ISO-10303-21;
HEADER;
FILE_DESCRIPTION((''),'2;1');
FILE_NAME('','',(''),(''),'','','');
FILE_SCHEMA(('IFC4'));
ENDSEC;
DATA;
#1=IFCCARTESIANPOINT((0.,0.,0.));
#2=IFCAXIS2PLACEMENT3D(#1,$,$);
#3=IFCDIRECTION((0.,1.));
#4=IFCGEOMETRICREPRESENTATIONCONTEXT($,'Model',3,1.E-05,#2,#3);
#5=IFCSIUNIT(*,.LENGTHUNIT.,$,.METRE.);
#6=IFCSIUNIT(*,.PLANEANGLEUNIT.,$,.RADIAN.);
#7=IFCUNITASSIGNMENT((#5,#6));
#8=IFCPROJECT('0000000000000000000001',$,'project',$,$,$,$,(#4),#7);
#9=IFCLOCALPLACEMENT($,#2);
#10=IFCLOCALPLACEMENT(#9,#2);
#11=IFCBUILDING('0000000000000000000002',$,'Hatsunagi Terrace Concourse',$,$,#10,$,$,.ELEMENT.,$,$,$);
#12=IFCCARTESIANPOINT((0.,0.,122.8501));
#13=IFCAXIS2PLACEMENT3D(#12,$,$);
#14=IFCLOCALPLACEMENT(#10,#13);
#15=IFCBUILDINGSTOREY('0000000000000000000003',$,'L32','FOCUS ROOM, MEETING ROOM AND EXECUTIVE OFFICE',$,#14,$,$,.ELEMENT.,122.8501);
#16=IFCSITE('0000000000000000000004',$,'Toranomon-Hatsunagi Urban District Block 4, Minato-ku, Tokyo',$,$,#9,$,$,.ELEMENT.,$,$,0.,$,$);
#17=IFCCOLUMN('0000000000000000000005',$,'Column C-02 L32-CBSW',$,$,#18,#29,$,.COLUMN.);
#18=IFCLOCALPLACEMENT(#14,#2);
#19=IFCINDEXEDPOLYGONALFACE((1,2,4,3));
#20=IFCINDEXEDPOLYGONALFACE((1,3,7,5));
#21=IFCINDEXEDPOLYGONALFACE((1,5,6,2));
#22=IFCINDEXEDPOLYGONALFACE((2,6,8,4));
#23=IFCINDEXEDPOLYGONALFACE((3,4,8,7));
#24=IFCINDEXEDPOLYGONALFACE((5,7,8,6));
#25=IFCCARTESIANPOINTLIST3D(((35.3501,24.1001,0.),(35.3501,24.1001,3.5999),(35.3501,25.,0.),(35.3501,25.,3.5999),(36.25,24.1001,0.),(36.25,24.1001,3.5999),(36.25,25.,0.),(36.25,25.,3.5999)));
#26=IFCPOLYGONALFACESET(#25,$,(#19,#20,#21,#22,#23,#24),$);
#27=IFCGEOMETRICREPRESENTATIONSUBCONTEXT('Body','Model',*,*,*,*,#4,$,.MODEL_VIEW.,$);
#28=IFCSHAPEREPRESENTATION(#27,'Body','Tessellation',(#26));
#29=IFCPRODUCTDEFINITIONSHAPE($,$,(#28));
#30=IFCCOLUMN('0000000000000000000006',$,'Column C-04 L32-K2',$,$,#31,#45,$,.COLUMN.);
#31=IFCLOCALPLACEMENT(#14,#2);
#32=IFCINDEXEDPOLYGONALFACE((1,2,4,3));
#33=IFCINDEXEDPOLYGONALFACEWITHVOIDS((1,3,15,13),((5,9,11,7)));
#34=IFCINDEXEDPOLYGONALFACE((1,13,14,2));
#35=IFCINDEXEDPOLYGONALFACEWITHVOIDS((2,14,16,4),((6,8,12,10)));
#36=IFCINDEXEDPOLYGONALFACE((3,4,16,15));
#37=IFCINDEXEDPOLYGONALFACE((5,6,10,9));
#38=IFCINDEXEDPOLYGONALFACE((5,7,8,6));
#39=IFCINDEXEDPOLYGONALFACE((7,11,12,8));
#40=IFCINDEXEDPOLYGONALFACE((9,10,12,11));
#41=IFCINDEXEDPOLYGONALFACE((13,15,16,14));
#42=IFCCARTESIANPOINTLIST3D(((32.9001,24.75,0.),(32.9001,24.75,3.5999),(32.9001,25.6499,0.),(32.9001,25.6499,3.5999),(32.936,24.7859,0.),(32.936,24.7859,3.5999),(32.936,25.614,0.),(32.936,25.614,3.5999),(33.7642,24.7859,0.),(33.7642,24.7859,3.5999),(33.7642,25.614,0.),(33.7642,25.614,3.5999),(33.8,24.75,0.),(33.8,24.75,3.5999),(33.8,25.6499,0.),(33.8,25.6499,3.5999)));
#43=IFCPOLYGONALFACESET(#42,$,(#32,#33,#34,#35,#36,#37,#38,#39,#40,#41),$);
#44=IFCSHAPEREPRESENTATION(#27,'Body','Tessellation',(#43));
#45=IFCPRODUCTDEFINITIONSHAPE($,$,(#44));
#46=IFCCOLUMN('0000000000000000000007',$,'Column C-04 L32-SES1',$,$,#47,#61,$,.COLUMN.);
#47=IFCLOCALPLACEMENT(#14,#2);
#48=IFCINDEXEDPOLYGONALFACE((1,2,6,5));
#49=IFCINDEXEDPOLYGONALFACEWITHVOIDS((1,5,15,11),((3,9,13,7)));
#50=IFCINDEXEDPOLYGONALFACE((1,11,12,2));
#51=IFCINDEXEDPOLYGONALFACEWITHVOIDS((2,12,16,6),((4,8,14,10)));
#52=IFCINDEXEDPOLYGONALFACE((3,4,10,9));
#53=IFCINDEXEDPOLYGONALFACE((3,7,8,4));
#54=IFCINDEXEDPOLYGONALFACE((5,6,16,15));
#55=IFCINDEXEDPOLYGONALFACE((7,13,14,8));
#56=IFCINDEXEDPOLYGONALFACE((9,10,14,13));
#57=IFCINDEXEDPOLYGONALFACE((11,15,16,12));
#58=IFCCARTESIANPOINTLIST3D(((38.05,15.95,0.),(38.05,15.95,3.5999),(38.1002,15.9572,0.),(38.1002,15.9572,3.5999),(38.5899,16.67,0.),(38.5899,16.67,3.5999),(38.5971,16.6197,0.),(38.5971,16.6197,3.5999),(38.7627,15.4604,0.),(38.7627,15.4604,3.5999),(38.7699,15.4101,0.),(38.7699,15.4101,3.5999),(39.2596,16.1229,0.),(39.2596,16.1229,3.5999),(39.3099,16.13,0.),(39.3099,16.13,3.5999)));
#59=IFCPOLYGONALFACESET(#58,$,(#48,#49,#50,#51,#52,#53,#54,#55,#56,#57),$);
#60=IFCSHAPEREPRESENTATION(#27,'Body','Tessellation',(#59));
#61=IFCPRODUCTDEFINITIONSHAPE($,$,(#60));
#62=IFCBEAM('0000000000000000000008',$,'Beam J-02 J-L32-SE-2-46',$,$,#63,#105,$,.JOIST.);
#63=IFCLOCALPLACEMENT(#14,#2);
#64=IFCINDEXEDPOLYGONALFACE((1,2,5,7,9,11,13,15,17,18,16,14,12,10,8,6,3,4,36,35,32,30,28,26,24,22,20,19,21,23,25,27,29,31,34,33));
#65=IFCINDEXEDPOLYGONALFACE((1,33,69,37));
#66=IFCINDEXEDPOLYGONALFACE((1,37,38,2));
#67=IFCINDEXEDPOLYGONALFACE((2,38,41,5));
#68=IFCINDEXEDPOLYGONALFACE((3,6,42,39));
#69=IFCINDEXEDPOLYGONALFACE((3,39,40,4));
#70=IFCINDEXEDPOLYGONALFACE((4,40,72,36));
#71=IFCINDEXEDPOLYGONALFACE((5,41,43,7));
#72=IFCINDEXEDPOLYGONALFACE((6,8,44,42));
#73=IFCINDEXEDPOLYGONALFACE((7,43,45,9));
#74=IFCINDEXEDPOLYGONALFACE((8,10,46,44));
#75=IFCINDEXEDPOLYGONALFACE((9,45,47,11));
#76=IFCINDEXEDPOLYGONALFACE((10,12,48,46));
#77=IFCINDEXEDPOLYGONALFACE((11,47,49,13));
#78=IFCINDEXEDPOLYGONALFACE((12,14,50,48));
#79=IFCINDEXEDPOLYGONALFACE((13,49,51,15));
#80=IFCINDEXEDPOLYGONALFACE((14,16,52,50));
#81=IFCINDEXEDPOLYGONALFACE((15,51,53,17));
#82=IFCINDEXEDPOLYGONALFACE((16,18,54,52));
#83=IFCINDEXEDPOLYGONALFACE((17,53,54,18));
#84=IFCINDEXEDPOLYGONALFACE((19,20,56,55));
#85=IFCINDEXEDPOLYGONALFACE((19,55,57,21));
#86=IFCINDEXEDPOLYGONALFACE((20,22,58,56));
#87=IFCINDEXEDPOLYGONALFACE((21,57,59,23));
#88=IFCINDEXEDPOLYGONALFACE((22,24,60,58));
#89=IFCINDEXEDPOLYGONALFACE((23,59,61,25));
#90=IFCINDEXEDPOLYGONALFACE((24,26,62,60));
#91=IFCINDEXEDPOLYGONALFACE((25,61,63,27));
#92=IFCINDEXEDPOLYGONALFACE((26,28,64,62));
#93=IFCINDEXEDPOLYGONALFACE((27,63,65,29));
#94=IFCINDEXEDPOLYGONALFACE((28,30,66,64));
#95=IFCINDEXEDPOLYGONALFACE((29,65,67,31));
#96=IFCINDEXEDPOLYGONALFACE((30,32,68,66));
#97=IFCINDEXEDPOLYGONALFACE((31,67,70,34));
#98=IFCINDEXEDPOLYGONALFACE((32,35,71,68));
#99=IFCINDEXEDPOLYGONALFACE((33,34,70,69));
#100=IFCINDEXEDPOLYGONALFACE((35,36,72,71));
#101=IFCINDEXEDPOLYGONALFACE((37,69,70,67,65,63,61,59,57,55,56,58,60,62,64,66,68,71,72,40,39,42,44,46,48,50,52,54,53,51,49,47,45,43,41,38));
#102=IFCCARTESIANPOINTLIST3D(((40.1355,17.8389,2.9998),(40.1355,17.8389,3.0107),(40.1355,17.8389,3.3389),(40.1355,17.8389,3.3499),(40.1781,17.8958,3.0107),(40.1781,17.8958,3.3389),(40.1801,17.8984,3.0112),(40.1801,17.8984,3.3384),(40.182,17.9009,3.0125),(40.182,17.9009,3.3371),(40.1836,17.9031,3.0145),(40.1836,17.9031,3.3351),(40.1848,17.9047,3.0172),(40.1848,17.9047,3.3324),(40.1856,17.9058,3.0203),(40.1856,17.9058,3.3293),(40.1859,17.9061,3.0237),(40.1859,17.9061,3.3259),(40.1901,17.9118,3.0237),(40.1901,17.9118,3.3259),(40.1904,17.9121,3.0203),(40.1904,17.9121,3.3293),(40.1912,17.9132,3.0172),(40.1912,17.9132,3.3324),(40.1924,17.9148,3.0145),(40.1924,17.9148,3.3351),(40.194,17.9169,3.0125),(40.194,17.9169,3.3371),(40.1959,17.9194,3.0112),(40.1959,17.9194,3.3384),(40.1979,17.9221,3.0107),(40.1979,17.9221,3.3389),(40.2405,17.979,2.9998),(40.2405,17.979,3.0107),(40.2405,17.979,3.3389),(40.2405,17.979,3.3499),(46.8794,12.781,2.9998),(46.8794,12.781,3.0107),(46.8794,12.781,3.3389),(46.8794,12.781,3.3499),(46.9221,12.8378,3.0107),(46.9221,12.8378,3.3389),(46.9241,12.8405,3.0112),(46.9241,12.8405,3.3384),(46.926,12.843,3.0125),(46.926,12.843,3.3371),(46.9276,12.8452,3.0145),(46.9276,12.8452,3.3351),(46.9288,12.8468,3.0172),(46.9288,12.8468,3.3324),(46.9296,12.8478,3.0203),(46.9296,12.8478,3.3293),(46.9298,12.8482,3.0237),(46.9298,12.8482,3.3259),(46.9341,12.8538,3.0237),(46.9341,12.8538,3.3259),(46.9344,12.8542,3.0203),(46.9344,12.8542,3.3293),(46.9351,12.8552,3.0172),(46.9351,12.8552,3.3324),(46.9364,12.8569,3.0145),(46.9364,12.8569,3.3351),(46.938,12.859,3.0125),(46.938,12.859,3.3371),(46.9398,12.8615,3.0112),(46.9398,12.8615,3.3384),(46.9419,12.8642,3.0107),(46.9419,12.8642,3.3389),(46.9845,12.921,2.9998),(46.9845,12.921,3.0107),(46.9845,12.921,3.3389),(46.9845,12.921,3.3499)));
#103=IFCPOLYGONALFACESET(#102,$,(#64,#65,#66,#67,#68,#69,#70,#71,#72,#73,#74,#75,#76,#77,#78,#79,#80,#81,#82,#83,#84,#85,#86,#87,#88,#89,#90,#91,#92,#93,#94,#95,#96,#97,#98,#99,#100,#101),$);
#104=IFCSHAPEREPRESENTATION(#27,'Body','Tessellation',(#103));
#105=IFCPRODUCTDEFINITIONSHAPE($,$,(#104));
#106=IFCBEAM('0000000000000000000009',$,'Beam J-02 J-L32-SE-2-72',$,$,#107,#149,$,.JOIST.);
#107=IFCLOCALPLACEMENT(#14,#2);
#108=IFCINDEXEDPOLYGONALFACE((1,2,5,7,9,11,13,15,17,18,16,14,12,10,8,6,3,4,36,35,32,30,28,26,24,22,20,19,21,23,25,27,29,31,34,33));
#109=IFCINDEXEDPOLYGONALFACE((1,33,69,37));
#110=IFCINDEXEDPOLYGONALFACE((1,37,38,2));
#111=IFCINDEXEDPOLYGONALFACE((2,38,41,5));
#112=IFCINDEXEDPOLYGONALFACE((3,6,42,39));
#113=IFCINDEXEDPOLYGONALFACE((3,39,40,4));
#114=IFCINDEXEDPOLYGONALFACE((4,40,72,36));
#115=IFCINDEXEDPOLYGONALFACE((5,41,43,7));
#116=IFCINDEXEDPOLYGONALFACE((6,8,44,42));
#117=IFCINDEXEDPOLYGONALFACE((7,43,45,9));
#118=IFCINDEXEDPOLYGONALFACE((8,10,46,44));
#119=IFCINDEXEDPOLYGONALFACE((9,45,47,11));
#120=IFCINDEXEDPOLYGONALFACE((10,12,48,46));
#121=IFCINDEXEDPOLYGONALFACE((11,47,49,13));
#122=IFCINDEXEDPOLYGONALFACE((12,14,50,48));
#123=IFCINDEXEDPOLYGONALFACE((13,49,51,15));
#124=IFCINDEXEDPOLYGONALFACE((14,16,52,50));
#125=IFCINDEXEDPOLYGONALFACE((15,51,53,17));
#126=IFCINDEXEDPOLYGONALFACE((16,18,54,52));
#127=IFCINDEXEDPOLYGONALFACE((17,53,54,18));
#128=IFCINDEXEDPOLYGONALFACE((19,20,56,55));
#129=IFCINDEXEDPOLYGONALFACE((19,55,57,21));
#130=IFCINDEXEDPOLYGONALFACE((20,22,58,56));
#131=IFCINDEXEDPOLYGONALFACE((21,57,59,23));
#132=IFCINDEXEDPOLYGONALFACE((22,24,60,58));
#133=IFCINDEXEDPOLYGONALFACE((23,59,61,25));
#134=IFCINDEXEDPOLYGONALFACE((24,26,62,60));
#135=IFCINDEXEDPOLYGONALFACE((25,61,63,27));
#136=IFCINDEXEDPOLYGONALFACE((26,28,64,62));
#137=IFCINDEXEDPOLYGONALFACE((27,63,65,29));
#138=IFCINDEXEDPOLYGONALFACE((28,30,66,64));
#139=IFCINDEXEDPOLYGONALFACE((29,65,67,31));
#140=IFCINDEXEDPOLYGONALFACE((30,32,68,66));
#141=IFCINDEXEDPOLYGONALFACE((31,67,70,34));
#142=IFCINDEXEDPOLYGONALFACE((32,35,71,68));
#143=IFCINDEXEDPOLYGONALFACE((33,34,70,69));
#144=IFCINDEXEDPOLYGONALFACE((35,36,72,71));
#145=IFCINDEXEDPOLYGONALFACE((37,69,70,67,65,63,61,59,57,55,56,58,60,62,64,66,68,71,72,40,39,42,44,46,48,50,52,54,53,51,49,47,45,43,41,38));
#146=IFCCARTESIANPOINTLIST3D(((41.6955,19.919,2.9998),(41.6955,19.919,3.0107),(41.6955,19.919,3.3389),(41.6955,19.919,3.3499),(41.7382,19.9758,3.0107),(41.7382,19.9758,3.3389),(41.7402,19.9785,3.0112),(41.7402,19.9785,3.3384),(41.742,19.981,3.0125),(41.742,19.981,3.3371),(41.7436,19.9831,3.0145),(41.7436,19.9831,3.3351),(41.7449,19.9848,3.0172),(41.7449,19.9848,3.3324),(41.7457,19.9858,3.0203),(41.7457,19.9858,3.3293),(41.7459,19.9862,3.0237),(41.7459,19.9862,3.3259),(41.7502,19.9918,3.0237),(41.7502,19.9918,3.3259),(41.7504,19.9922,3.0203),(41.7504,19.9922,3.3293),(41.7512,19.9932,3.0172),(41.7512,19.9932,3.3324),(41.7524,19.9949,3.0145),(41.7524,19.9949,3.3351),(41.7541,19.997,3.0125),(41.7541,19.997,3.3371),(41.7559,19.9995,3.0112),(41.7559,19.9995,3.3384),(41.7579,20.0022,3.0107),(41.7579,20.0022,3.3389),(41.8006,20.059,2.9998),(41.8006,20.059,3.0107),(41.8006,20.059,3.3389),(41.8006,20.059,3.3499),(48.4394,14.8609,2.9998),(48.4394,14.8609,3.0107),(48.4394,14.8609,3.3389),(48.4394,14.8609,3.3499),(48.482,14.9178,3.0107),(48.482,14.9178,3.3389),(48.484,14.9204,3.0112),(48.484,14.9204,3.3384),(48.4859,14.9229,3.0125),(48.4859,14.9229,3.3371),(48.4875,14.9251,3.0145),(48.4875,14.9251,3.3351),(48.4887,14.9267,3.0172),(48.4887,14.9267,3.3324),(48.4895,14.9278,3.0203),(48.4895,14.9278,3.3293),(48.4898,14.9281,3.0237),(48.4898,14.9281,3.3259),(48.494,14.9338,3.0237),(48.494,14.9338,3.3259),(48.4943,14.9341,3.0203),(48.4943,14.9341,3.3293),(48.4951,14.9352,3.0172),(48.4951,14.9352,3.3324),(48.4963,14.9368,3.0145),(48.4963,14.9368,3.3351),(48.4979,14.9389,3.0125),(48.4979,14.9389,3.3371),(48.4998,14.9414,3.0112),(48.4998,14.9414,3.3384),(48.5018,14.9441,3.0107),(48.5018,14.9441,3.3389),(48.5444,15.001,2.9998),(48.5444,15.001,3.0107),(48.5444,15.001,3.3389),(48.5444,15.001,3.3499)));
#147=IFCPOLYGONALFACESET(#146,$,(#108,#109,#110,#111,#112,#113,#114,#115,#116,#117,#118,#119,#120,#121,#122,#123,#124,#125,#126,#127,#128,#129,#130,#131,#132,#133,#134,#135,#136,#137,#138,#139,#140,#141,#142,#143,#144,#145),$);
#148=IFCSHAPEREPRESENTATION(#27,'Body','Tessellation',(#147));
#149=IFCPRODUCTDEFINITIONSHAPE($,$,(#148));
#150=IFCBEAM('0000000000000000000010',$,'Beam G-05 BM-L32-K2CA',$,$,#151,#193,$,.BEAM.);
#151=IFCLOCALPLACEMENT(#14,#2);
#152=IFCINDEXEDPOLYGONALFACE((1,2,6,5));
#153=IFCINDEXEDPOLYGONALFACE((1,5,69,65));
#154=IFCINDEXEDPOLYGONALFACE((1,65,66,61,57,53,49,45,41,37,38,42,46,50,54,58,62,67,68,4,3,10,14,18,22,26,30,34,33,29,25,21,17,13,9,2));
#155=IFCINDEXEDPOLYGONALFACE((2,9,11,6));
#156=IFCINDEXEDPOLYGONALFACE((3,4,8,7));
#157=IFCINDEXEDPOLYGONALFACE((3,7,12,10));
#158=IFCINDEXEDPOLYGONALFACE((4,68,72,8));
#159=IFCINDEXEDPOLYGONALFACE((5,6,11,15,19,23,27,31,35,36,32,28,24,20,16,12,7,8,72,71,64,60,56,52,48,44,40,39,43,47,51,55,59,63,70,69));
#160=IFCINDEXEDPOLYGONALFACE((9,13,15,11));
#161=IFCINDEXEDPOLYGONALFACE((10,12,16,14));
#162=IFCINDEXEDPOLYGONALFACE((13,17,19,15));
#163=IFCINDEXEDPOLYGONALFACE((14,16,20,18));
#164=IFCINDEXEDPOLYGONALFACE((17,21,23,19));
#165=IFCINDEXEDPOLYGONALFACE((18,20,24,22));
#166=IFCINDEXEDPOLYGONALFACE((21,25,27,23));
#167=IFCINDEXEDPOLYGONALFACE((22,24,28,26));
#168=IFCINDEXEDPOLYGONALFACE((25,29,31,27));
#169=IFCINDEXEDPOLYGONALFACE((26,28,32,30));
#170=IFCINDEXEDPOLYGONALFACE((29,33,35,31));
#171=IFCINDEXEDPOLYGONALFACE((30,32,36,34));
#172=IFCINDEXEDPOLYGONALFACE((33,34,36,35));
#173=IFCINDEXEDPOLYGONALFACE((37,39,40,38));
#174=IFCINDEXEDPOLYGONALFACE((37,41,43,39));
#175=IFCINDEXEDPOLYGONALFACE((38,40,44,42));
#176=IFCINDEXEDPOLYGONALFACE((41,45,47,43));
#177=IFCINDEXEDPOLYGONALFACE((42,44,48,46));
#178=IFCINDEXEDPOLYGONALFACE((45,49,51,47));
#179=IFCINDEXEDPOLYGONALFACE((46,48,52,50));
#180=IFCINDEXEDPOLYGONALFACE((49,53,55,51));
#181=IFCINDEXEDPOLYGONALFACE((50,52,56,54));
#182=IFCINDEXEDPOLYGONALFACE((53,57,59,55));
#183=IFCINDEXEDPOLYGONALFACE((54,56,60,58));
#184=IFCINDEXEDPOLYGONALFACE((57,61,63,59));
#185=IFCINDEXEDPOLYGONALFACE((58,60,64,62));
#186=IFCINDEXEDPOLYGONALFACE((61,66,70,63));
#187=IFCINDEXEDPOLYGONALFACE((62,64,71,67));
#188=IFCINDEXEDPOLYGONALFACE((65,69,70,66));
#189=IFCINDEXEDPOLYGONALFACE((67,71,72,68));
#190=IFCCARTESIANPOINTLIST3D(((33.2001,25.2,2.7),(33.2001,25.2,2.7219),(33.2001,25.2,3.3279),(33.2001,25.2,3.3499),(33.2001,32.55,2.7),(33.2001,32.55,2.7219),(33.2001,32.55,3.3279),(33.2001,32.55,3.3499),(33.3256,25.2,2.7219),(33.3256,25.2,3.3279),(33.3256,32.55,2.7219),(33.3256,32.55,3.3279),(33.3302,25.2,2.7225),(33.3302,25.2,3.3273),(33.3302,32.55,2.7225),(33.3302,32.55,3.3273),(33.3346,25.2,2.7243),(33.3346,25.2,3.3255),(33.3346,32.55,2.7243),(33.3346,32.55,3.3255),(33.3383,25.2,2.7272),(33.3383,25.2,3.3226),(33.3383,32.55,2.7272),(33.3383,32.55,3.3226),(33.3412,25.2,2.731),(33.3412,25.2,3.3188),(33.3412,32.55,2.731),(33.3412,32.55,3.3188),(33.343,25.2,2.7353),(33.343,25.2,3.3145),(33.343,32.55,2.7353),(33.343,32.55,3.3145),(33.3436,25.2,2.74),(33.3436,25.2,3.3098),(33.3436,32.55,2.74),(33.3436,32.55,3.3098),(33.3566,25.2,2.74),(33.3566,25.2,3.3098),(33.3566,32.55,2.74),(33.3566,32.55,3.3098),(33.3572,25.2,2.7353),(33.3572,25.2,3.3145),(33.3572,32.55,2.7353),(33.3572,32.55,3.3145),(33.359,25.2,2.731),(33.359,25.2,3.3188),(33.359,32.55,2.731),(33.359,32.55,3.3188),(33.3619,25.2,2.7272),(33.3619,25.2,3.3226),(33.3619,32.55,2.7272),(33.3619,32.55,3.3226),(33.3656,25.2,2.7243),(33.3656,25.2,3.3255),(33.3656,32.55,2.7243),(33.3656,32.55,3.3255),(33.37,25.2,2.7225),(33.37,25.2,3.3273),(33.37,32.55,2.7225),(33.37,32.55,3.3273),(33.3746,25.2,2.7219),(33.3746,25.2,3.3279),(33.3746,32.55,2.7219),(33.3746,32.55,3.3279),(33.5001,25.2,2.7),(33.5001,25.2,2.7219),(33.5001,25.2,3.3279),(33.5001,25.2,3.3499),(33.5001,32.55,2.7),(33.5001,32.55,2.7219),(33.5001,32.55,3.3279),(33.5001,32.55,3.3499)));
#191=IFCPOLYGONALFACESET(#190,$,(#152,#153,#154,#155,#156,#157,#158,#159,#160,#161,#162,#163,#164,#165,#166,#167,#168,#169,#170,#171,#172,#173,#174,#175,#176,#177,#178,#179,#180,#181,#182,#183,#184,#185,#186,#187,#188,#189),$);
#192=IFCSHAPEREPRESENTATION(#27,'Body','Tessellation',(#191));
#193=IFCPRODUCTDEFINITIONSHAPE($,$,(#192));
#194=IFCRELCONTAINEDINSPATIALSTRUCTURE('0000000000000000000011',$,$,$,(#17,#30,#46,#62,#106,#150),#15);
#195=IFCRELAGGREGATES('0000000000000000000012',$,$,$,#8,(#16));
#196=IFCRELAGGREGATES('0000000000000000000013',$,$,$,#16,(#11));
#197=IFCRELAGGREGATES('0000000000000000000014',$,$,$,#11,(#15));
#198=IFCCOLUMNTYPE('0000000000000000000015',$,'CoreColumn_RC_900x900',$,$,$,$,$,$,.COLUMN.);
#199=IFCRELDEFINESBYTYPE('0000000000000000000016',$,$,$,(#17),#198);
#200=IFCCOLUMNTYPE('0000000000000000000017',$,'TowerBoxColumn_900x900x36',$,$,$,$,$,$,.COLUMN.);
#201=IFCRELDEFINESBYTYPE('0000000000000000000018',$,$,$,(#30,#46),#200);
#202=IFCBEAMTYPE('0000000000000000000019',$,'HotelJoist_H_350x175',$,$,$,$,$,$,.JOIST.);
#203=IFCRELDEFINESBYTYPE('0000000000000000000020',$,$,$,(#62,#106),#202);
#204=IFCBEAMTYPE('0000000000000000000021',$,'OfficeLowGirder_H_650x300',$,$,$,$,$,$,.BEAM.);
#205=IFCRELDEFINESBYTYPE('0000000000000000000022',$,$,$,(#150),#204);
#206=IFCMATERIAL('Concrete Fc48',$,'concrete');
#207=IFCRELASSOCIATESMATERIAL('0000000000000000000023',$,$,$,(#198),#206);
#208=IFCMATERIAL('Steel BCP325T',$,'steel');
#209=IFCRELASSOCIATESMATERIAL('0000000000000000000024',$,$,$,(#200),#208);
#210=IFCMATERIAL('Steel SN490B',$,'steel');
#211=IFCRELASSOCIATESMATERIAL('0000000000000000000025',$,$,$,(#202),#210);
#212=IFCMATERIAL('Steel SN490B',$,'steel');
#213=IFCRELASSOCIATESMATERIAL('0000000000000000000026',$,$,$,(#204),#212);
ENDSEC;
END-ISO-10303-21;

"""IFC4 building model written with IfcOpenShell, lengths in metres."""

from ifc_helpers import new_model, si_unit, direction, frame, origin, origin_2d, place, context, subcontext, project, spatial, rectangle, hollow_rectangle, i_section, extrude, material, material_profile, profile_set, type_object, element, save


model = new_model("IFC4")

# Units and contexts
model_context = context("Model", 3, precision=1e-05, world=origin(), true_north=direction((0.0, 1.0)))
body_context = subcontext(model_context, "Body", "Model", "MODEL_VIEW")
ifc_project = project(units=[si_unit("LENGTHUNIT", "METRE"), si_unit("PLANEANGLEUNIT", "RADIAN")], contexts=[model_context])

# Site, building, storey
site_placement = place(None, origin())
site = spatial("IfcSite", under=ifc_project, at=site_placement, Name="Toranomon-Hatsunagi Urban District Block 4, Minato-ku, Tokyo", CompositionType="ELEMENT", RefElevation=0.0)
building_placement = place(site_placement, origin())
building = spatial("IfcBuilding", under=site, at=building_placement, Name="Hatsunagi Terrace Concourse", CompositionType="ELEMENT")
storey_placement = place(building_placement, frame((0.0, 0.0, 122.8501)))
storey = spatial("IfcBuildingStorey", under=building, at=storey_placement, Name="L32", Description="FOCUS ROOM, MEETING ROOM AND EXECUTIVE OFFICE", CompositionType="ELEMENT", Elevation=122.8501)

# Columns
ifc_material_1 = material(Name="Concrete Fc48", Category="concrete")
ifc_material_profile_1 = material_profile(ifc_material_1, rectangle(XDim=0.8999, YDim=0.8999, at=origin_2d()), Name="RC-900x900")
ifc_profile_set_1 = profile_set([ifc_material_profile_1], Name="Concrete Fc48")
column_type_1 = type_object("IfcColumnType", Name="CoreColumn_RC_900x900", PredefinedType="COLUMN", material=ifc_profile_set_1)
column_placement = place(storey_placement, frame((35.8, 24.55, 0.0), z_axis=(0.0, 0.0, 1.0), x_axis=(1.0, 0.0, 0.0)))
element("IfcColumn", 1, at=column_placement, inside=storey, type_object=column_type_1, Name="Column C-02 L32-CBSW", PredefinedType="COLUMN", context=body_context, shape_type="SweptSolid", body=[
    extrude(rectangle(XDim=0.8999, YDim=0.8999, at=origin_2d()), origin(), (0.0, 0.0, 1.0), 3.5999),
])
ifc_material_2 = material(Name="Steel BCP325T", Category="steel")
ifc_material_profile_2 = material_profile(ifc_material_2, hollow_rectangle(XDim=0.8999, YDim=0.8999, WallThickness=0.0359, at=origin_2d()), Name="BCP-900x900x36")
ifc_profile_set_2 = profile_set([ifc_material_profile_2], Name="Steel BCP325T")
column_type_2 = type_object("IfcColumnType", Name="TowerBoxColumn_900x900x36", PredefinedType="COLUMN", material=ifc_profile_set_2)
for number, where, z_axis, x_axis, name in (
    (2, (33.3501, 25.2, 0.0), (0.0, 0.0, 1.0), (1.0, 0.0, 0.0), "Column C-04 L32-K2"),
    (3, (38.6799, 16.04, 0.0), (0.0, 0.0, 1.0), (0.8, -0.6, 0.0), "Column C-04 L32-SES1"),
):
    element("IfcColumn", number, at=place(storey_placement, frame(where, z_axis=z_axis, x_axis=x_axis)), inside=storey, type_object=column_type_2, Name=name, PredefinedType="COLUMN", context=body_context, shape_type="SweptSolid", body=[
        extrude(hollow_rectangle(XDim=0.8999, YDim=0.8999, WallThickness=0.0359, at=origin_2d()), origin(), (0.0, 0.0, 1.0), 3.5999),
    ])

# Beams
ifc_material_3 = material(Name="Steel SN490B", Category="steel")
ifc_material_profile_3 = material_profile(ifc_material_3, i_section(OverallWidth=0.175, OverallDepth=0.3501, WebThickness=0.0071, FlangeThickness=0.011, FilletRadius=0.0129, at=origin_2d()), Name="H-350x175x7x11")
ifc_profile_set_3 = profile_set([ifc_material_profile_3], Name="Steel SN490B")
beam_type_1 = type_object("IfcBeamType", Name="HotelJoist_H_350x175", PredefinedType="JOIST", material=ifc_profile_set_3)
for number, where, z_axis, x_axis, name in (
    (4, (40.188, 17.9089, 3.1748), (0.800003, -0.599995, 0.0), (0.599995, 0.800003, 0.0), "Beam J-02 J-L32-SE-2-46"),
    (5, (41.748, 19.989, 3.1748), (0.79999, -0.600014, 0.0), (0.600014, 0.79999, 0.0), "Beam J-02 J-L32-SE-2-72"),
):
    element("IfcBeam", number, at=place(storey_placement, frame(where, z_axis=z_axis, x_axis=x_axis)), inside=storey, type_object=beam_type_1, Name=name, PredefinedType="JOIST", context=body_context, shape_type="SweptSolid", body=[
        extrude(i_section(OverallWidth=0.175, OverallDepth=0.3501, WebThickness=0.0071, FlangeThickness=0.011, FilletRadius=0.0129, at=origin_2d()), origin(), (0.0, 0.0, 1.0), 8.4299),
    ])
ifc_material_4 = material(Name="Steel SN490B", Category="steel")
ifc_material_profile_4 = material_profile(ifc_material_4, i_section(OverallWidth=0.3, OverallDepth=0.6499, WebThickness=0.0129, FlangeThickness=0.022, FilletRadius=0.0181, at=origin_2d()), Name="H-650x300x13x22")
ifc_profile_set_4 = profile_set([ifc_material_profile_4], Name="Steel SN490B")
beam_type_2 = type_object("IfcBeamType", Name="OfficeLowGirder_H_650x300", PredefinedType="BEAM", material=ifc_profile_set_4)
beam_1_placement = place(storey_placement, frame((33.3501, 25.2, 3.0249), z_axis=(0.0, 1.0, 0.0), x_axis=(-1.0, 0.0, 0.0)))
element("IfcBeam", 6, at=beam_1_placement, inside=storey, type_object=beam_type_2, Name="Beam G-05 BM-L32-K2CA", PredefinedType="BEAM", context=body_context, shape_type="SweptSolid", body=[
    extrude(i_section(OverallWidth=0.3, OverallDepth=0.6499, WebThickness=0.0129, FlangeThickness=0.022, FilletRadius=0.0181, at=origin_2d()), origin(), (0.0, 0.0, 1.0), 7.3501),
])

save(model, "model.ifc")
